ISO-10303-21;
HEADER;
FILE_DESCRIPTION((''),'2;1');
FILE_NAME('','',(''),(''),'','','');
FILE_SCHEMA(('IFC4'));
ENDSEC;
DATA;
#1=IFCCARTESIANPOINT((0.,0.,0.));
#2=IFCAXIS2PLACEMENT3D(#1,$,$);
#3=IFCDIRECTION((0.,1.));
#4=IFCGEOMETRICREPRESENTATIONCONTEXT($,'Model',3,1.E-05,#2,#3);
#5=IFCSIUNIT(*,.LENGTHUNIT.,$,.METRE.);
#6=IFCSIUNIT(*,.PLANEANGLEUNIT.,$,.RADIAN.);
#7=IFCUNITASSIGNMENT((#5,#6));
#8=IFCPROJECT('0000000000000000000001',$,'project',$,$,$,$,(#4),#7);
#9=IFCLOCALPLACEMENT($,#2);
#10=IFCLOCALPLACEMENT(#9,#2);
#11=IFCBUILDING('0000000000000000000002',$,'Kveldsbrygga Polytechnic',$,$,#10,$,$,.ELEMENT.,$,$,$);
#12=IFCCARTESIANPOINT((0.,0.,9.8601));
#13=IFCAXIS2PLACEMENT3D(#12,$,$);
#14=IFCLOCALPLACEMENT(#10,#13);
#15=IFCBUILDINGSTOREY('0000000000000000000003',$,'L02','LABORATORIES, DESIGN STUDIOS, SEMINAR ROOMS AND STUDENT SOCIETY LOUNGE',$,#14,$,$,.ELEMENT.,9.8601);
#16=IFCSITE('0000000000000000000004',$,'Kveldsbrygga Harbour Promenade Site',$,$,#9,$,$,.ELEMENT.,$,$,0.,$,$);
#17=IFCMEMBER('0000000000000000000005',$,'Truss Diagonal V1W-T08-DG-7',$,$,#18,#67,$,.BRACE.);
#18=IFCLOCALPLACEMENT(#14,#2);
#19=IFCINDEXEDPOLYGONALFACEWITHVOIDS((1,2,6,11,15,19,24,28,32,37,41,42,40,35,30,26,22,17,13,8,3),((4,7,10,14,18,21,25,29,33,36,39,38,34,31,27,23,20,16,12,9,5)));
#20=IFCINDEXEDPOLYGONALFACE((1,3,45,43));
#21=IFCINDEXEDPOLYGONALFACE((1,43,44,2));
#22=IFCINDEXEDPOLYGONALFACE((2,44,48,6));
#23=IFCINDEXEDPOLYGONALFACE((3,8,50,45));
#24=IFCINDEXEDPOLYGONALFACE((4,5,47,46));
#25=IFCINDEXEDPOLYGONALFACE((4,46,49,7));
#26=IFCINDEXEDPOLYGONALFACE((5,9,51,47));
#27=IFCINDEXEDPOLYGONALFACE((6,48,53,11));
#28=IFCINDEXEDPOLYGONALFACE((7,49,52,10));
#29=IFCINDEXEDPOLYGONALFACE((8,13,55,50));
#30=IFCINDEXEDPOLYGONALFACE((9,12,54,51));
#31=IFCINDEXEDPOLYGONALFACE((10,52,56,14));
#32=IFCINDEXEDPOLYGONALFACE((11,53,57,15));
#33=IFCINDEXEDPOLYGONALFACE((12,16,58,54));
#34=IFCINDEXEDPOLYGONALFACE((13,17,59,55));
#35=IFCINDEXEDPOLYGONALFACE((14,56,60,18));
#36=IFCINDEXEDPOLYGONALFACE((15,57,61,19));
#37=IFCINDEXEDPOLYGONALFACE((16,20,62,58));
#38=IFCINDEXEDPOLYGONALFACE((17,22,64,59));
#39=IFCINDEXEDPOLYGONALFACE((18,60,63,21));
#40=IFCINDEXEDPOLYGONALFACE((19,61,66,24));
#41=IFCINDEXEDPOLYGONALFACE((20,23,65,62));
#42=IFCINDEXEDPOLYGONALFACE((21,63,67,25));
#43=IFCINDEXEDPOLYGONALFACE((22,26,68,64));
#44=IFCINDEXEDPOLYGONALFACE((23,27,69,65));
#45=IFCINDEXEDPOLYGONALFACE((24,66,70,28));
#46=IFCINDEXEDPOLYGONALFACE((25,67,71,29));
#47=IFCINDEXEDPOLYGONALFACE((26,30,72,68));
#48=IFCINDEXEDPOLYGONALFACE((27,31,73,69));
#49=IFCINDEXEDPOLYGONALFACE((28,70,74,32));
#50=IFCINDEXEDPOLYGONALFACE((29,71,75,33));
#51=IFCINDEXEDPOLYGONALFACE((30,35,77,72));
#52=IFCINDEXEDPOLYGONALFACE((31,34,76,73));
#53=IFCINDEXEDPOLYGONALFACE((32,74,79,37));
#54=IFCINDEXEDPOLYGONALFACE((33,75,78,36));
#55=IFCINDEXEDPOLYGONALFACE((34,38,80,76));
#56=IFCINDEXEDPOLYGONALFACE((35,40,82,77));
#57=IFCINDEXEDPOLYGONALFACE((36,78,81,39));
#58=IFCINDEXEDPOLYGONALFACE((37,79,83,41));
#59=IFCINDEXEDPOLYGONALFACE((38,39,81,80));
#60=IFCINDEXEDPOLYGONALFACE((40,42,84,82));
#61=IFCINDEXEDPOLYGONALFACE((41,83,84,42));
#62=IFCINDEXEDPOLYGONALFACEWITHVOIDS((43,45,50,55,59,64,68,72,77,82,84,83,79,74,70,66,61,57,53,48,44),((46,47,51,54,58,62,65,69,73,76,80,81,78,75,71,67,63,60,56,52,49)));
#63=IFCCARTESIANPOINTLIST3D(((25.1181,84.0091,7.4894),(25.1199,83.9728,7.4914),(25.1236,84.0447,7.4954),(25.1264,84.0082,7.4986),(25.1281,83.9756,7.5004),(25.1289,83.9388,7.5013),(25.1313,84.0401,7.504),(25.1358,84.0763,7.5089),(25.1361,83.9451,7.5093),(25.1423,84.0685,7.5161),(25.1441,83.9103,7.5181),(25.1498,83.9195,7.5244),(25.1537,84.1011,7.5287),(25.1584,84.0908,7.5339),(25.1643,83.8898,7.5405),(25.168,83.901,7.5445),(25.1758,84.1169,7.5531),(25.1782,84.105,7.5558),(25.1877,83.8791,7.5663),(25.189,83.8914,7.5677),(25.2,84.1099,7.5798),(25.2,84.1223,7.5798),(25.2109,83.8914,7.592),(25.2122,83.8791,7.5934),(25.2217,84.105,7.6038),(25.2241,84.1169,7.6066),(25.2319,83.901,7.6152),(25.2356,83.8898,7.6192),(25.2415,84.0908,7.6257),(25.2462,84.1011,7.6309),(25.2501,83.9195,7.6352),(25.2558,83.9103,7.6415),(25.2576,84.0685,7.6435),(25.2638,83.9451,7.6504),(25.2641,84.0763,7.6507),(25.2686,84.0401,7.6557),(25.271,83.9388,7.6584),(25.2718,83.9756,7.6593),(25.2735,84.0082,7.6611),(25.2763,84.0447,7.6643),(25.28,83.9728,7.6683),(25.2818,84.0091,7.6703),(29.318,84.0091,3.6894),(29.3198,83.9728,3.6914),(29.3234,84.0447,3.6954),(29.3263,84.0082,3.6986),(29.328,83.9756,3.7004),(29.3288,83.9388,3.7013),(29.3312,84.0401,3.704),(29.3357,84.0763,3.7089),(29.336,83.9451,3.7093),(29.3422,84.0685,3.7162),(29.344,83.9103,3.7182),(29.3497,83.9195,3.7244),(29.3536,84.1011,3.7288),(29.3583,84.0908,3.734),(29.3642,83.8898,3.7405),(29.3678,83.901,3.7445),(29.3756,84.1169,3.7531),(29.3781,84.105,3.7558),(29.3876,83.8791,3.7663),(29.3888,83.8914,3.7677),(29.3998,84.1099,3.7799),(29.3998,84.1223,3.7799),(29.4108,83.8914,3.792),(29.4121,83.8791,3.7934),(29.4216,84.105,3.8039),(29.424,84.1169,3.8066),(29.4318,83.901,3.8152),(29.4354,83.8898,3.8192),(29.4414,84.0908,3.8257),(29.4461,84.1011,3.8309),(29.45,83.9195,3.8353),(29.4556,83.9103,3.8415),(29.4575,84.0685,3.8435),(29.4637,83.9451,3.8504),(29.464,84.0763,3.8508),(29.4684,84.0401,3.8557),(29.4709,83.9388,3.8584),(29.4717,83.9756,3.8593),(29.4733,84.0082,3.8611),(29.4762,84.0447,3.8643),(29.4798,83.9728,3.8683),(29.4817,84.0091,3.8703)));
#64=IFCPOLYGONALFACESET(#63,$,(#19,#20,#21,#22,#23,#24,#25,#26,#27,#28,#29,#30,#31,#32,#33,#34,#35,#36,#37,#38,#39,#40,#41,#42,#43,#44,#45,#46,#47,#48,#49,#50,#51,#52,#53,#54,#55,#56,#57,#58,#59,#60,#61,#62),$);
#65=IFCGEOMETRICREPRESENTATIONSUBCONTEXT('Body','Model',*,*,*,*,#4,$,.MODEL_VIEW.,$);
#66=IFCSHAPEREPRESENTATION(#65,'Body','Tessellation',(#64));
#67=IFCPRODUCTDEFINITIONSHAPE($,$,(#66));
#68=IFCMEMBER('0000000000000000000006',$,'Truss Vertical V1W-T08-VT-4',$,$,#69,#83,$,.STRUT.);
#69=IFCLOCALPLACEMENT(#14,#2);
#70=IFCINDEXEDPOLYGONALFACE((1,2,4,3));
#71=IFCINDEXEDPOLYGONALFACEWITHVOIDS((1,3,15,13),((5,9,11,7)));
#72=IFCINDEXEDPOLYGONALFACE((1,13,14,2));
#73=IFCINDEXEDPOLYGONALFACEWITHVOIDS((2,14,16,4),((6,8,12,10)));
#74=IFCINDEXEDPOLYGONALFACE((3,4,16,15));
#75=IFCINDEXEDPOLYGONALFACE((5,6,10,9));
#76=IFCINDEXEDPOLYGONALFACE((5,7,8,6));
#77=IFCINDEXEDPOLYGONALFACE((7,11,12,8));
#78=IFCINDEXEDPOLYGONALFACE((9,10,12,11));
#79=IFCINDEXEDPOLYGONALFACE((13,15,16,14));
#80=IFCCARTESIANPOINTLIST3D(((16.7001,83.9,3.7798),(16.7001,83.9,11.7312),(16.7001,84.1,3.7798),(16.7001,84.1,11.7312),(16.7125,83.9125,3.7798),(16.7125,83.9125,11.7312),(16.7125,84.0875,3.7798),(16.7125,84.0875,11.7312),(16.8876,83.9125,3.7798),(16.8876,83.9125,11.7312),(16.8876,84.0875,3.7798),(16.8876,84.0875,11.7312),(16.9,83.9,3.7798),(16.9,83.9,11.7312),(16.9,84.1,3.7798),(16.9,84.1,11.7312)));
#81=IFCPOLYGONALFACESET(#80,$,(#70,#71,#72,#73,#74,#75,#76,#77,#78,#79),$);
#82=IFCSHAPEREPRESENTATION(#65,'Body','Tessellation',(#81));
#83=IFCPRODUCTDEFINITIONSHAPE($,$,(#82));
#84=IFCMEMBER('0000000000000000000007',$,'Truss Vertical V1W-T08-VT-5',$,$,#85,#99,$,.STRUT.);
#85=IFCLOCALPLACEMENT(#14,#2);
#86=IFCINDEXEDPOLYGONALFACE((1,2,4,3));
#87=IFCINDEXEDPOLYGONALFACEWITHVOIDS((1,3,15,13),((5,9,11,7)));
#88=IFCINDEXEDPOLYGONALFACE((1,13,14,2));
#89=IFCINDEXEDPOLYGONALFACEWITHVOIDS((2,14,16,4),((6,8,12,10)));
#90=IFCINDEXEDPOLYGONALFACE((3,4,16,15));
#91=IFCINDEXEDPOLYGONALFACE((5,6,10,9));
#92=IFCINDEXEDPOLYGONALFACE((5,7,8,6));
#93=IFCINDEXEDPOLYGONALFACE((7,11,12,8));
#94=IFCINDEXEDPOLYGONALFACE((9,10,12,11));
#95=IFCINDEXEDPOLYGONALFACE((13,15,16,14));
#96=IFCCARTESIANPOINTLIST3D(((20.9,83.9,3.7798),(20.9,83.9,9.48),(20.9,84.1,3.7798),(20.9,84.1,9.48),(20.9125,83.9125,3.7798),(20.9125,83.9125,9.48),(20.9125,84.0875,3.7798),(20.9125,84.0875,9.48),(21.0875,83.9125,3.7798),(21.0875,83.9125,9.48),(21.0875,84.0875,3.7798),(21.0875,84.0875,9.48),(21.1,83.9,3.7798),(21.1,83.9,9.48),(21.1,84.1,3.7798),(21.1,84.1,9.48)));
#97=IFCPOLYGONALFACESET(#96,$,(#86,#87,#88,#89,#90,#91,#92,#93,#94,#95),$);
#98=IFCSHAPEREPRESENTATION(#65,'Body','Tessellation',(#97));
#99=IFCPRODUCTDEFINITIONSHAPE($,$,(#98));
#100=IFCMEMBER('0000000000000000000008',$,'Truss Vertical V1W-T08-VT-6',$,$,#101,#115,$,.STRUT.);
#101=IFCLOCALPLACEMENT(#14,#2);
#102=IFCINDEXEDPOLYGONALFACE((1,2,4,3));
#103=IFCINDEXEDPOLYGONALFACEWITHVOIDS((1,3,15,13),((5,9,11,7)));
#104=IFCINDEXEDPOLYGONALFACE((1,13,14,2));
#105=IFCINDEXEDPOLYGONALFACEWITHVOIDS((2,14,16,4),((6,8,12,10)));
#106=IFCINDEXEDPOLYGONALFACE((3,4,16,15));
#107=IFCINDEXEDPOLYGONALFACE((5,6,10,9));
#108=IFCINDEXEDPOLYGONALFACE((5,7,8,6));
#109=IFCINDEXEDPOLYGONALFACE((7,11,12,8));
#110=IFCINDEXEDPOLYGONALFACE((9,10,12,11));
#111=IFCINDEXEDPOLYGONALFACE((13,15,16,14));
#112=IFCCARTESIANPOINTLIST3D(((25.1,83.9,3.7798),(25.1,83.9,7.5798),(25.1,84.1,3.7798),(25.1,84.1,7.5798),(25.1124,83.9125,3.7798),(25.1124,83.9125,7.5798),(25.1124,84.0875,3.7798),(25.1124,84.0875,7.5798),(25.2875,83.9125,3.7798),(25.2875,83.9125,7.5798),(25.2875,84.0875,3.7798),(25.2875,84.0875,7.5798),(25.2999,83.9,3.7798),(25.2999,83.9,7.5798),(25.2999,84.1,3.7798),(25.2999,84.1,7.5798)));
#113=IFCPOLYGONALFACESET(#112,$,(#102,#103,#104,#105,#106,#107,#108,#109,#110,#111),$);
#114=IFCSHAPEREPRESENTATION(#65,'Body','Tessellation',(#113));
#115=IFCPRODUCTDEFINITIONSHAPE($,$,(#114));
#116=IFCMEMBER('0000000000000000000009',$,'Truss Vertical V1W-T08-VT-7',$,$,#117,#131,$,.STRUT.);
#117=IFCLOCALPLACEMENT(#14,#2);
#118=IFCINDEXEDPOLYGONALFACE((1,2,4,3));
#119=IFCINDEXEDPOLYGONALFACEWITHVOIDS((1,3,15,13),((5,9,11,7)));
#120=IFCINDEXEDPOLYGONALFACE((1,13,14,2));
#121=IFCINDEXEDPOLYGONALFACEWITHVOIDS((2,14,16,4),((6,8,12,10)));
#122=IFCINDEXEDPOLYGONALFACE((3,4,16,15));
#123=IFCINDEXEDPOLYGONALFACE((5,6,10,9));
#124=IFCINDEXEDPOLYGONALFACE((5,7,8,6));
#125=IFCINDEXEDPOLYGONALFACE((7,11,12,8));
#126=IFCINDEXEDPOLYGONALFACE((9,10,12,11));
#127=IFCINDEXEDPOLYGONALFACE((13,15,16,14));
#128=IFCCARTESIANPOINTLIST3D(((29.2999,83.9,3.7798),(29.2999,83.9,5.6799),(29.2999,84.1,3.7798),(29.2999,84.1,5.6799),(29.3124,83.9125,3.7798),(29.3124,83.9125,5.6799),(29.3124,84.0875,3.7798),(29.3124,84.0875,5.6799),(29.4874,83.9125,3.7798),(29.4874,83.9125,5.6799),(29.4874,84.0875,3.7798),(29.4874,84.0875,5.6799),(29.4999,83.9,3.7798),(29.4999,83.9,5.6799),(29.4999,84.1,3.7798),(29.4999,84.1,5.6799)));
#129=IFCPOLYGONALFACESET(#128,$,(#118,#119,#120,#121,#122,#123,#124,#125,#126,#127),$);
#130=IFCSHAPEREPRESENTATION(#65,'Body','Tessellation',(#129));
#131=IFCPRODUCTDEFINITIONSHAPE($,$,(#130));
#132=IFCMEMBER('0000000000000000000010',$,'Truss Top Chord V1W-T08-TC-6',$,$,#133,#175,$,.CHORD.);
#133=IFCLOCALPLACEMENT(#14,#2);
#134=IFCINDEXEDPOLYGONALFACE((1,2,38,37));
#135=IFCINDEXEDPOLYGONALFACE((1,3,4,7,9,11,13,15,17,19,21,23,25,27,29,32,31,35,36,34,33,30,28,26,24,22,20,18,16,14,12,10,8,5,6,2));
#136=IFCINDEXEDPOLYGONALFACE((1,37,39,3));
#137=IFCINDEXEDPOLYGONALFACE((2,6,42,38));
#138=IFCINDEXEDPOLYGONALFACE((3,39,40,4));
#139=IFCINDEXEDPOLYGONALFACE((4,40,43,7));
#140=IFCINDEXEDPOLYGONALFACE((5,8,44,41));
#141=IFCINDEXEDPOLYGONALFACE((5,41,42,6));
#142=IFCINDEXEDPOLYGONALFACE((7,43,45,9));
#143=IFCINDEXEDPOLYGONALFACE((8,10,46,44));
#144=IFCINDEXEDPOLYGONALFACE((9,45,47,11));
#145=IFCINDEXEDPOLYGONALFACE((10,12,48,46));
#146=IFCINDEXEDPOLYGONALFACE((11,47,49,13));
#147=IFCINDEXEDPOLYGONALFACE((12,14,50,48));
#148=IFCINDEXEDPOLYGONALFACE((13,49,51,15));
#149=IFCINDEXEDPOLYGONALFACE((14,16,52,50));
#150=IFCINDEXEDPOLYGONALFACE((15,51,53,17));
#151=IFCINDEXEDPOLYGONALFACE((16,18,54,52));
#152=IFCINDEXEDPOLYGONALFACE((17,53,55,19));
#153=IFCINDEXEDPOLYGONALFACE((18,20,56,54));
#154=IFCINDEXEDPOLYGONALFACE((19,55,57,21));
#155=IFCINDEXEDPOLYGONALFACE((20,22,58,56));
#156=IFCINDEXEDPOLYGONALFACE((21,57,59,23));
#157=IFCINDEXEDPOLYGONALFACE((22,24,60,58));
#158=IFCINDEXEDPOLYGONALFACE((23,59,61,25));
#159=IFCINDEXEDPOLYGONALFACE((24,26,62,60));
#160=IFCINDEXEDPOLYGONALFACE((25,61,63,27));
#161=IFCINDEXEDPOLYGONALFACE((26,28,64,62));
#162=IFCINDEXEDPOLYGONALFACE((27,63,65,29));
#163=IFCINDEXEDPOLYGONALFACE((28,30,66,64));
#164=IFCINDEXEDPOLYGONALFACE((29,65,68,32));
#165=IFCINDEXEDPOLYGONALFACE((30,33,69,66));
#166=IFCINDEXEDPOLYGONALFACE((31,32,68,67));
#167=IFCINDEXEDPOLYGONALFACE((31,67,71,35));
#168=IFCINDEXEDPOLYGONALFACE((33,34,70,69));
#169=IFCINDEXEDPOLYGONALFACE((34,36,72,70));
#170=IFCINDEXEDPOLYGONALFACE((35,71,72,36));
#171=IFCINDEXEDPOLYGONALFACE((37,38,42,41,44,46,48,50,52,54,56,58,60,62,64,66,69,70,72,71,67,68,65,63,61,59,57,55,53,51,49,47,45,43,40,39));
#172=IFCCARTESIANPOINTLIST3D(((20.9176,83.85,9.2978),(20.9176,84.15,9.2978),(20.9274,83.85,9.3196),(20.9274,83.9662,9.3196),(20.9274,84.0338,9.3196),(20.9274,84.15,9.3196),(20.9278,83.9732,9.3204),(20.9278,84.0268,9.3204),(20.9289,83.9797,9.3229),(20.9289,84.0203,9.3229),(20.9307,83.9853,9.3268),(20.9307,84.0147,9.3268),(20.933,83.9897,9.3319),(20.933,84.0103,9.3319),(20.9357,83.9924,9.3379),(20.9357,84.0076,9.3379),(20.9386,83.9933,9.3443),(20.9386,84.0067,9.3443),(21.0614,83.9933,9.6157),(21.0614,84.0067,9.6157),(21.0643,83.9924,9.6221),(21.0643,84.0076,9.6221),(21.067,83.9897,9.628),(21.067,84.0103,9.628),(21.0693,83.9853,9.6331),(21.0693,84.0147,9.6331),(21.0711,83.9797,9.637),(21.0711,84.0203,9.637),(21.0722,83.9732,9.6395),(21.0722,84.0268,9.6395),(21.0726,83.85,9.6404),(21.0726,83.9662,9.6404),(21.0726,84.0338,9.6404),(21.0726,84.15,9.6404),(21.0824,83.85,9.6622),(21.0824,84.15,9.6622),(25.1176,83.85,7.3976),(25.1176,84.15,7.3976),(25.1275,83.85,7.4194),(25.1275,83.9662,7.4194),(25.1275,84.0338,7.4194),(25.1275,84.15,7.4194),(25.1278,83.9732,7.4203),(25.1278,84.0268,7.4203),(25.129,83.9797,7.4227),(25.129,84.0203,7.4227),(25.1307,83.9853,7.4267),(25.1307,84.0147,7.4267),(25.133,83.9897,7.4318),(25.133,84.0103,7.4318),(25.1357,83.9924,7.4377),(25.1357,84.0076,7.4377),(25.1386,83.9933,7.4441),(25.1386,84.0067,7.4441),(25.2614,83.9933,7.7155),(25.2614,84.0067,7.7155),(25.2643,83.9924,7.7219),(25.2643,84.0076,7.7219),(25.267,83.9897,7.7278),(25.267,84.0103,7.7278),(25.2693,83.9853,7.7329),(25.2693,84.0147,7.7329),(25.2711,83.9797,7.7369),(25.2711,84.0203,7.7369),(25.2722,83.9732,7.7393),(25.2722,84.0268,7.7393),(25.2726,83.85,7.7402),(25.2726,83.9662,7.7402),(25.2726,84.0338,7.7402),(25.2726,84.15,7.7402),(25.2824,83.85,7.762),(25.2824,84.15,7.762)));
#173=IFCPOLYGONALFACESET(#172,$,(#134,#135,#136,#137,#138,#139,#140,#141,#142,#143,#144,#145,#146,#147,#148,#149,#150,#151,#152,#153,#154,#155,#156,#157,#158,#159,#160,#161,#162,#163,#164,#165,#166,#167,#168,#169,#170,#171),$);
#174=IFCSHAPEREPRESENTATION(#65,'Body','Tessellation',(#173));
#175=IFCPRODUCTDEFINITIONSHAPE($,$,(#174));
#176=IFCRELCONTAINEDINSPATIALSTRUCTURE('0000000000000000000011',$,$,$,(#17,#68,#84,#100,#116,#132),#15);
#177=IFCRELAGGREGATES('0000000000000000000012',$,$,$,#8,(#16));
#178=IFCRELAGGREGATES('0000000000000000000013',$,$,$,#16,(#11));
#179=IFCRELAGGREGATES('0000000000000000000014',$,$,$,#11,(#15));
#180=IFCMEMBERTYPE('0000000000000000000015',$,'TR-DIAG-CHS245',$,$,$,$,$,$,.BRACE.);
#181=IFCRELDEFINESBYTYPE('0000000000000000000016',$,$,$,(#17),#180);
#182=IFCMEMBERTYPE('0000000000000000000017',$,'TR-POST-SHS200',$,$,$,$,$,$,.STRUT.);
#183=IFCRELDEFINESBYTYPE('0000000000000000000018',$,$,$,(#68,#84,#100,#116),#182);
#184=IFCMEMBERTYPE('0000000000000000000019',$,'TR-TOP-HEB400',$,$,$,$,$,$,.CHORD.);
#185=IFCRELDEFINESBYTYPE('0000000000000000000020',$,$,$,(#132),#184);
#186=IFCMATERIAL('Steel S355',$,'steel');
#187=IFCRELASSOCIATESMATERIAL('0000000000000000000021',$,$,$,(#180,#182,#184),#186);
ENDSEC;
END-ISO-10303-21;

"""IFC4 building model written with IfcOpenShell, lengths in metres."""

from ifc_helpers import new_model, si_unit, direction, frame, origin, origin_2d, place, context, subcontext, project, spatial, hollow_rectangle, hollow_circle, i_section, extrude, material, material_profile, profile_set, type_object, element, save


model = new_model("IFC4")

# Units and contexts
model_context = context("Model", 3, precision=1e-05, world=origin(), true_north=direction((0.0, 1.0)))
body_context = subcontext(model_context, "Body", "Model", "MODEL_VIEW")
ifc_project = project(units=[si_unit("LENGTHUNIT", "METRE"), si_unit("PLANEANGLEUNIT", "RADIAN")], contexts=[model_context])

# Site, building, storey
site_placement = place(None, origin())
site = spatial("IfcSite", under=ifc_project, at=site_placement, Name="Kveldsbrygga Harbour Promenade Site", CompositionType="ELEMENT", RefElevation=0.0)
building_placement = place(site_placement, origin())
building = spatial("IfcBuilding", under=site, at=building_placement, Name="Kveldsbrygga Polytechnic", CompositionType="ELEMENT")
storey_placement = place(building_placement, frame((0.0, 0.0, 9.8601)))
storey = spatial("IfcBuildingStorey", under=building, at=storey_placement, Name="L02", Description="LABORATORIES, DESIGN STUDIOS, SEMINAR ROOMS AND STUDENT SOCIETY LOUNGE", CompositionType="ELEMENT", Elevation=9.8601)

# Shared definitions
ifc_material_1 = material(Name="Steel S355", Category="steel")

# Members
ifc_material_profile_1 = material_profile(ifc_material_1, hollow_circle(Radius=0.1223, WallThickness=0.0125, at=origin_2d()), Name="CHS 244.5x12.5")
ifc_profile_set_1 = profile_set([ifc_material_profile_1], Name="Steel S355")
member_type_1 = type_object("IfcMemberType", Name="TR-DIAG-CHS245", PredefinedType="BRACE", material=ifc_profile_set_1)
member_1_placement = place(storey_placement, frame((25.2, 84.0, 7.5798), z_axis=(0.741528, 0.0, -0.670922), x_axis=(0.0, 1.0, 0.0)))
element("IfcMember", 1, at=member_1_placement, inside=storey, type_object=member_type_1, Name="Truss Diagonal V1W-T08-DG-7", PredefinedType="BRACE", context=body_context, shape_type="SweptSolid", body=[
    extrude(hollow_circle(Radius=0.1223, WallThickness=0.0125, at=origin_2d()), origin(), (0.0, 0.0, 1.0), 5.6638),
])
ifc_material_profile_2 = material_profile(ifc_material_1, hollow_rectangle(XDim=0.2, YDim=0.2, WallThickness=0.0125, at=origin_2d()), Name="SHS 200x200x12.5")
ifc_profile_set_2 = profile_set([ifc_material_profile_2], Name="Steel S355")
member_type_2 = type_object("IfcMemberType", Name="TR-POST-SHS200", PredefinedType="STRUT", material=ifc_profile_set_2)
member_2_placement = place(storey_placement, frame((16.8, 84.0, 3.7798), z_axis=(0.0, 0.0, 1.0), x_axis=(1.0, 0.0, 0.0)))
element("IfcMember", 2, at=member_2_placement, inside=storey, type_object=member_type_2, Name="Truss Vertical V1W-T08-VT-4", PredefinedType="STRUT", context=body_context, shape_type="SweptSolid", body=[
    extrude(hollow_rectangle(XDim=0.2, YDim=0.2, WallThickness=0.0125, at=origin_2d()), origin(), (0.0, 0.0, 1.0), 7.9514),
])
member_3_placement = place(storey_placement, frame((21.0, 84.0, 3.7798), z_axis=(0.0, 0.0, 1.0), x_axis=(1.0, 0.0, 0.0)))
element("IfcMember", 3, at=member_3_placement, inside=storey, type_object=member_type_2, Name="Truss Vertical V1W-T08-VT-5", PredefinedType="STRUT", context=body_context, shape_type="SweptSolid", body=[
    extrude(hollow_rectangle(XDim=0.2, YDim=0.2, WallThickness=0.0125, at=origin_2d()), origin(), (0.0, 0.0, 1.0), 5.7002),
])
member_4_placement = place(storey_placement, frame((25.2, 84.0, 3.7798), z_axis=(0.0, 0.0, 1.0), x_axis=(1.0, 0.0, 0.0)))
element("IfcMember", 4, at=member_4_placement, inside=storey, type_object=member_type_2, Name="Truss Vertical V1W-T08-VT-6", PredefinedType="STRUT", context=body_context, shape_type="SweptSolid", body=[
    extrude(hollow_rectangle(XDim=0.2, YDim=0.2, WallThickness=0.0125, at=origin_2d()), origin(), (0.0, 0.0, 1.0), 3.8),
])
member_5_placement = place(storey_placement, frame((29.3999, 84.0, 3.7798), z_axis=(0.0, 0.0, 1.0), x_axis=(1.0, 0.0, 0.0)))
element("IfcMember", 5, at=member_5_placement, inside=storey, type_object=member_type_2, Name="Truss Vertical V1W-T08-VT-7", PredefinedType="STRUT", context=body_context, shape_type="SweptSolid", body=[
    extrude(hollow_rectangle(XDim=0.2, YDim=0.2, WallThickness=0.0125, at=origin_2d()), origin(), (0.0, 0.0, 1.0), 1.9001),
])
ifc_material_profile_3 = material_profile(ifc_material_1, i_section(OverallWidth=0.3, OverallDepth=0.3999, WebThickness=0.0134, FlangeThickness=0.0239, FilletRadius=0.0271, at=origin_2d()), Name="HEB 400")
ifc_profile_set_3 = profile_set([ifc_material_profile_3], Name="Steel S355")
member_type_3 = type_object("IfcMemberType", Name="TR-TOP-HEB400", PredefinedType="CHORD", material=ifc_profile_set_3)
member_6_placement = place(storey_placement, frame((21.0, 84.0, 9.48), z_axis=(0.911094, 0.0, -0.412198), x_axis=(0.0, 1.0, 0.0)))
element("IfcMember", 6, at=member_6_placement, inside=storey, type_object=member_type_3, Name="Truss Top Chord V1W-T08-TC-6", PredefinedType="CHORD", context=body_context, shape_type="SweptSolid", body=[
    extrude(i_section(OverallWidth=0.3, OverallDepth=0.3999, WebThickness=0.0134, FlangeThickness=0.0239, FilletRadius=0.0271, at=origin_2d()), origin(), (0.0, 0.0, 1.0), 4.6099),
])

save(model, "model.ifc")
